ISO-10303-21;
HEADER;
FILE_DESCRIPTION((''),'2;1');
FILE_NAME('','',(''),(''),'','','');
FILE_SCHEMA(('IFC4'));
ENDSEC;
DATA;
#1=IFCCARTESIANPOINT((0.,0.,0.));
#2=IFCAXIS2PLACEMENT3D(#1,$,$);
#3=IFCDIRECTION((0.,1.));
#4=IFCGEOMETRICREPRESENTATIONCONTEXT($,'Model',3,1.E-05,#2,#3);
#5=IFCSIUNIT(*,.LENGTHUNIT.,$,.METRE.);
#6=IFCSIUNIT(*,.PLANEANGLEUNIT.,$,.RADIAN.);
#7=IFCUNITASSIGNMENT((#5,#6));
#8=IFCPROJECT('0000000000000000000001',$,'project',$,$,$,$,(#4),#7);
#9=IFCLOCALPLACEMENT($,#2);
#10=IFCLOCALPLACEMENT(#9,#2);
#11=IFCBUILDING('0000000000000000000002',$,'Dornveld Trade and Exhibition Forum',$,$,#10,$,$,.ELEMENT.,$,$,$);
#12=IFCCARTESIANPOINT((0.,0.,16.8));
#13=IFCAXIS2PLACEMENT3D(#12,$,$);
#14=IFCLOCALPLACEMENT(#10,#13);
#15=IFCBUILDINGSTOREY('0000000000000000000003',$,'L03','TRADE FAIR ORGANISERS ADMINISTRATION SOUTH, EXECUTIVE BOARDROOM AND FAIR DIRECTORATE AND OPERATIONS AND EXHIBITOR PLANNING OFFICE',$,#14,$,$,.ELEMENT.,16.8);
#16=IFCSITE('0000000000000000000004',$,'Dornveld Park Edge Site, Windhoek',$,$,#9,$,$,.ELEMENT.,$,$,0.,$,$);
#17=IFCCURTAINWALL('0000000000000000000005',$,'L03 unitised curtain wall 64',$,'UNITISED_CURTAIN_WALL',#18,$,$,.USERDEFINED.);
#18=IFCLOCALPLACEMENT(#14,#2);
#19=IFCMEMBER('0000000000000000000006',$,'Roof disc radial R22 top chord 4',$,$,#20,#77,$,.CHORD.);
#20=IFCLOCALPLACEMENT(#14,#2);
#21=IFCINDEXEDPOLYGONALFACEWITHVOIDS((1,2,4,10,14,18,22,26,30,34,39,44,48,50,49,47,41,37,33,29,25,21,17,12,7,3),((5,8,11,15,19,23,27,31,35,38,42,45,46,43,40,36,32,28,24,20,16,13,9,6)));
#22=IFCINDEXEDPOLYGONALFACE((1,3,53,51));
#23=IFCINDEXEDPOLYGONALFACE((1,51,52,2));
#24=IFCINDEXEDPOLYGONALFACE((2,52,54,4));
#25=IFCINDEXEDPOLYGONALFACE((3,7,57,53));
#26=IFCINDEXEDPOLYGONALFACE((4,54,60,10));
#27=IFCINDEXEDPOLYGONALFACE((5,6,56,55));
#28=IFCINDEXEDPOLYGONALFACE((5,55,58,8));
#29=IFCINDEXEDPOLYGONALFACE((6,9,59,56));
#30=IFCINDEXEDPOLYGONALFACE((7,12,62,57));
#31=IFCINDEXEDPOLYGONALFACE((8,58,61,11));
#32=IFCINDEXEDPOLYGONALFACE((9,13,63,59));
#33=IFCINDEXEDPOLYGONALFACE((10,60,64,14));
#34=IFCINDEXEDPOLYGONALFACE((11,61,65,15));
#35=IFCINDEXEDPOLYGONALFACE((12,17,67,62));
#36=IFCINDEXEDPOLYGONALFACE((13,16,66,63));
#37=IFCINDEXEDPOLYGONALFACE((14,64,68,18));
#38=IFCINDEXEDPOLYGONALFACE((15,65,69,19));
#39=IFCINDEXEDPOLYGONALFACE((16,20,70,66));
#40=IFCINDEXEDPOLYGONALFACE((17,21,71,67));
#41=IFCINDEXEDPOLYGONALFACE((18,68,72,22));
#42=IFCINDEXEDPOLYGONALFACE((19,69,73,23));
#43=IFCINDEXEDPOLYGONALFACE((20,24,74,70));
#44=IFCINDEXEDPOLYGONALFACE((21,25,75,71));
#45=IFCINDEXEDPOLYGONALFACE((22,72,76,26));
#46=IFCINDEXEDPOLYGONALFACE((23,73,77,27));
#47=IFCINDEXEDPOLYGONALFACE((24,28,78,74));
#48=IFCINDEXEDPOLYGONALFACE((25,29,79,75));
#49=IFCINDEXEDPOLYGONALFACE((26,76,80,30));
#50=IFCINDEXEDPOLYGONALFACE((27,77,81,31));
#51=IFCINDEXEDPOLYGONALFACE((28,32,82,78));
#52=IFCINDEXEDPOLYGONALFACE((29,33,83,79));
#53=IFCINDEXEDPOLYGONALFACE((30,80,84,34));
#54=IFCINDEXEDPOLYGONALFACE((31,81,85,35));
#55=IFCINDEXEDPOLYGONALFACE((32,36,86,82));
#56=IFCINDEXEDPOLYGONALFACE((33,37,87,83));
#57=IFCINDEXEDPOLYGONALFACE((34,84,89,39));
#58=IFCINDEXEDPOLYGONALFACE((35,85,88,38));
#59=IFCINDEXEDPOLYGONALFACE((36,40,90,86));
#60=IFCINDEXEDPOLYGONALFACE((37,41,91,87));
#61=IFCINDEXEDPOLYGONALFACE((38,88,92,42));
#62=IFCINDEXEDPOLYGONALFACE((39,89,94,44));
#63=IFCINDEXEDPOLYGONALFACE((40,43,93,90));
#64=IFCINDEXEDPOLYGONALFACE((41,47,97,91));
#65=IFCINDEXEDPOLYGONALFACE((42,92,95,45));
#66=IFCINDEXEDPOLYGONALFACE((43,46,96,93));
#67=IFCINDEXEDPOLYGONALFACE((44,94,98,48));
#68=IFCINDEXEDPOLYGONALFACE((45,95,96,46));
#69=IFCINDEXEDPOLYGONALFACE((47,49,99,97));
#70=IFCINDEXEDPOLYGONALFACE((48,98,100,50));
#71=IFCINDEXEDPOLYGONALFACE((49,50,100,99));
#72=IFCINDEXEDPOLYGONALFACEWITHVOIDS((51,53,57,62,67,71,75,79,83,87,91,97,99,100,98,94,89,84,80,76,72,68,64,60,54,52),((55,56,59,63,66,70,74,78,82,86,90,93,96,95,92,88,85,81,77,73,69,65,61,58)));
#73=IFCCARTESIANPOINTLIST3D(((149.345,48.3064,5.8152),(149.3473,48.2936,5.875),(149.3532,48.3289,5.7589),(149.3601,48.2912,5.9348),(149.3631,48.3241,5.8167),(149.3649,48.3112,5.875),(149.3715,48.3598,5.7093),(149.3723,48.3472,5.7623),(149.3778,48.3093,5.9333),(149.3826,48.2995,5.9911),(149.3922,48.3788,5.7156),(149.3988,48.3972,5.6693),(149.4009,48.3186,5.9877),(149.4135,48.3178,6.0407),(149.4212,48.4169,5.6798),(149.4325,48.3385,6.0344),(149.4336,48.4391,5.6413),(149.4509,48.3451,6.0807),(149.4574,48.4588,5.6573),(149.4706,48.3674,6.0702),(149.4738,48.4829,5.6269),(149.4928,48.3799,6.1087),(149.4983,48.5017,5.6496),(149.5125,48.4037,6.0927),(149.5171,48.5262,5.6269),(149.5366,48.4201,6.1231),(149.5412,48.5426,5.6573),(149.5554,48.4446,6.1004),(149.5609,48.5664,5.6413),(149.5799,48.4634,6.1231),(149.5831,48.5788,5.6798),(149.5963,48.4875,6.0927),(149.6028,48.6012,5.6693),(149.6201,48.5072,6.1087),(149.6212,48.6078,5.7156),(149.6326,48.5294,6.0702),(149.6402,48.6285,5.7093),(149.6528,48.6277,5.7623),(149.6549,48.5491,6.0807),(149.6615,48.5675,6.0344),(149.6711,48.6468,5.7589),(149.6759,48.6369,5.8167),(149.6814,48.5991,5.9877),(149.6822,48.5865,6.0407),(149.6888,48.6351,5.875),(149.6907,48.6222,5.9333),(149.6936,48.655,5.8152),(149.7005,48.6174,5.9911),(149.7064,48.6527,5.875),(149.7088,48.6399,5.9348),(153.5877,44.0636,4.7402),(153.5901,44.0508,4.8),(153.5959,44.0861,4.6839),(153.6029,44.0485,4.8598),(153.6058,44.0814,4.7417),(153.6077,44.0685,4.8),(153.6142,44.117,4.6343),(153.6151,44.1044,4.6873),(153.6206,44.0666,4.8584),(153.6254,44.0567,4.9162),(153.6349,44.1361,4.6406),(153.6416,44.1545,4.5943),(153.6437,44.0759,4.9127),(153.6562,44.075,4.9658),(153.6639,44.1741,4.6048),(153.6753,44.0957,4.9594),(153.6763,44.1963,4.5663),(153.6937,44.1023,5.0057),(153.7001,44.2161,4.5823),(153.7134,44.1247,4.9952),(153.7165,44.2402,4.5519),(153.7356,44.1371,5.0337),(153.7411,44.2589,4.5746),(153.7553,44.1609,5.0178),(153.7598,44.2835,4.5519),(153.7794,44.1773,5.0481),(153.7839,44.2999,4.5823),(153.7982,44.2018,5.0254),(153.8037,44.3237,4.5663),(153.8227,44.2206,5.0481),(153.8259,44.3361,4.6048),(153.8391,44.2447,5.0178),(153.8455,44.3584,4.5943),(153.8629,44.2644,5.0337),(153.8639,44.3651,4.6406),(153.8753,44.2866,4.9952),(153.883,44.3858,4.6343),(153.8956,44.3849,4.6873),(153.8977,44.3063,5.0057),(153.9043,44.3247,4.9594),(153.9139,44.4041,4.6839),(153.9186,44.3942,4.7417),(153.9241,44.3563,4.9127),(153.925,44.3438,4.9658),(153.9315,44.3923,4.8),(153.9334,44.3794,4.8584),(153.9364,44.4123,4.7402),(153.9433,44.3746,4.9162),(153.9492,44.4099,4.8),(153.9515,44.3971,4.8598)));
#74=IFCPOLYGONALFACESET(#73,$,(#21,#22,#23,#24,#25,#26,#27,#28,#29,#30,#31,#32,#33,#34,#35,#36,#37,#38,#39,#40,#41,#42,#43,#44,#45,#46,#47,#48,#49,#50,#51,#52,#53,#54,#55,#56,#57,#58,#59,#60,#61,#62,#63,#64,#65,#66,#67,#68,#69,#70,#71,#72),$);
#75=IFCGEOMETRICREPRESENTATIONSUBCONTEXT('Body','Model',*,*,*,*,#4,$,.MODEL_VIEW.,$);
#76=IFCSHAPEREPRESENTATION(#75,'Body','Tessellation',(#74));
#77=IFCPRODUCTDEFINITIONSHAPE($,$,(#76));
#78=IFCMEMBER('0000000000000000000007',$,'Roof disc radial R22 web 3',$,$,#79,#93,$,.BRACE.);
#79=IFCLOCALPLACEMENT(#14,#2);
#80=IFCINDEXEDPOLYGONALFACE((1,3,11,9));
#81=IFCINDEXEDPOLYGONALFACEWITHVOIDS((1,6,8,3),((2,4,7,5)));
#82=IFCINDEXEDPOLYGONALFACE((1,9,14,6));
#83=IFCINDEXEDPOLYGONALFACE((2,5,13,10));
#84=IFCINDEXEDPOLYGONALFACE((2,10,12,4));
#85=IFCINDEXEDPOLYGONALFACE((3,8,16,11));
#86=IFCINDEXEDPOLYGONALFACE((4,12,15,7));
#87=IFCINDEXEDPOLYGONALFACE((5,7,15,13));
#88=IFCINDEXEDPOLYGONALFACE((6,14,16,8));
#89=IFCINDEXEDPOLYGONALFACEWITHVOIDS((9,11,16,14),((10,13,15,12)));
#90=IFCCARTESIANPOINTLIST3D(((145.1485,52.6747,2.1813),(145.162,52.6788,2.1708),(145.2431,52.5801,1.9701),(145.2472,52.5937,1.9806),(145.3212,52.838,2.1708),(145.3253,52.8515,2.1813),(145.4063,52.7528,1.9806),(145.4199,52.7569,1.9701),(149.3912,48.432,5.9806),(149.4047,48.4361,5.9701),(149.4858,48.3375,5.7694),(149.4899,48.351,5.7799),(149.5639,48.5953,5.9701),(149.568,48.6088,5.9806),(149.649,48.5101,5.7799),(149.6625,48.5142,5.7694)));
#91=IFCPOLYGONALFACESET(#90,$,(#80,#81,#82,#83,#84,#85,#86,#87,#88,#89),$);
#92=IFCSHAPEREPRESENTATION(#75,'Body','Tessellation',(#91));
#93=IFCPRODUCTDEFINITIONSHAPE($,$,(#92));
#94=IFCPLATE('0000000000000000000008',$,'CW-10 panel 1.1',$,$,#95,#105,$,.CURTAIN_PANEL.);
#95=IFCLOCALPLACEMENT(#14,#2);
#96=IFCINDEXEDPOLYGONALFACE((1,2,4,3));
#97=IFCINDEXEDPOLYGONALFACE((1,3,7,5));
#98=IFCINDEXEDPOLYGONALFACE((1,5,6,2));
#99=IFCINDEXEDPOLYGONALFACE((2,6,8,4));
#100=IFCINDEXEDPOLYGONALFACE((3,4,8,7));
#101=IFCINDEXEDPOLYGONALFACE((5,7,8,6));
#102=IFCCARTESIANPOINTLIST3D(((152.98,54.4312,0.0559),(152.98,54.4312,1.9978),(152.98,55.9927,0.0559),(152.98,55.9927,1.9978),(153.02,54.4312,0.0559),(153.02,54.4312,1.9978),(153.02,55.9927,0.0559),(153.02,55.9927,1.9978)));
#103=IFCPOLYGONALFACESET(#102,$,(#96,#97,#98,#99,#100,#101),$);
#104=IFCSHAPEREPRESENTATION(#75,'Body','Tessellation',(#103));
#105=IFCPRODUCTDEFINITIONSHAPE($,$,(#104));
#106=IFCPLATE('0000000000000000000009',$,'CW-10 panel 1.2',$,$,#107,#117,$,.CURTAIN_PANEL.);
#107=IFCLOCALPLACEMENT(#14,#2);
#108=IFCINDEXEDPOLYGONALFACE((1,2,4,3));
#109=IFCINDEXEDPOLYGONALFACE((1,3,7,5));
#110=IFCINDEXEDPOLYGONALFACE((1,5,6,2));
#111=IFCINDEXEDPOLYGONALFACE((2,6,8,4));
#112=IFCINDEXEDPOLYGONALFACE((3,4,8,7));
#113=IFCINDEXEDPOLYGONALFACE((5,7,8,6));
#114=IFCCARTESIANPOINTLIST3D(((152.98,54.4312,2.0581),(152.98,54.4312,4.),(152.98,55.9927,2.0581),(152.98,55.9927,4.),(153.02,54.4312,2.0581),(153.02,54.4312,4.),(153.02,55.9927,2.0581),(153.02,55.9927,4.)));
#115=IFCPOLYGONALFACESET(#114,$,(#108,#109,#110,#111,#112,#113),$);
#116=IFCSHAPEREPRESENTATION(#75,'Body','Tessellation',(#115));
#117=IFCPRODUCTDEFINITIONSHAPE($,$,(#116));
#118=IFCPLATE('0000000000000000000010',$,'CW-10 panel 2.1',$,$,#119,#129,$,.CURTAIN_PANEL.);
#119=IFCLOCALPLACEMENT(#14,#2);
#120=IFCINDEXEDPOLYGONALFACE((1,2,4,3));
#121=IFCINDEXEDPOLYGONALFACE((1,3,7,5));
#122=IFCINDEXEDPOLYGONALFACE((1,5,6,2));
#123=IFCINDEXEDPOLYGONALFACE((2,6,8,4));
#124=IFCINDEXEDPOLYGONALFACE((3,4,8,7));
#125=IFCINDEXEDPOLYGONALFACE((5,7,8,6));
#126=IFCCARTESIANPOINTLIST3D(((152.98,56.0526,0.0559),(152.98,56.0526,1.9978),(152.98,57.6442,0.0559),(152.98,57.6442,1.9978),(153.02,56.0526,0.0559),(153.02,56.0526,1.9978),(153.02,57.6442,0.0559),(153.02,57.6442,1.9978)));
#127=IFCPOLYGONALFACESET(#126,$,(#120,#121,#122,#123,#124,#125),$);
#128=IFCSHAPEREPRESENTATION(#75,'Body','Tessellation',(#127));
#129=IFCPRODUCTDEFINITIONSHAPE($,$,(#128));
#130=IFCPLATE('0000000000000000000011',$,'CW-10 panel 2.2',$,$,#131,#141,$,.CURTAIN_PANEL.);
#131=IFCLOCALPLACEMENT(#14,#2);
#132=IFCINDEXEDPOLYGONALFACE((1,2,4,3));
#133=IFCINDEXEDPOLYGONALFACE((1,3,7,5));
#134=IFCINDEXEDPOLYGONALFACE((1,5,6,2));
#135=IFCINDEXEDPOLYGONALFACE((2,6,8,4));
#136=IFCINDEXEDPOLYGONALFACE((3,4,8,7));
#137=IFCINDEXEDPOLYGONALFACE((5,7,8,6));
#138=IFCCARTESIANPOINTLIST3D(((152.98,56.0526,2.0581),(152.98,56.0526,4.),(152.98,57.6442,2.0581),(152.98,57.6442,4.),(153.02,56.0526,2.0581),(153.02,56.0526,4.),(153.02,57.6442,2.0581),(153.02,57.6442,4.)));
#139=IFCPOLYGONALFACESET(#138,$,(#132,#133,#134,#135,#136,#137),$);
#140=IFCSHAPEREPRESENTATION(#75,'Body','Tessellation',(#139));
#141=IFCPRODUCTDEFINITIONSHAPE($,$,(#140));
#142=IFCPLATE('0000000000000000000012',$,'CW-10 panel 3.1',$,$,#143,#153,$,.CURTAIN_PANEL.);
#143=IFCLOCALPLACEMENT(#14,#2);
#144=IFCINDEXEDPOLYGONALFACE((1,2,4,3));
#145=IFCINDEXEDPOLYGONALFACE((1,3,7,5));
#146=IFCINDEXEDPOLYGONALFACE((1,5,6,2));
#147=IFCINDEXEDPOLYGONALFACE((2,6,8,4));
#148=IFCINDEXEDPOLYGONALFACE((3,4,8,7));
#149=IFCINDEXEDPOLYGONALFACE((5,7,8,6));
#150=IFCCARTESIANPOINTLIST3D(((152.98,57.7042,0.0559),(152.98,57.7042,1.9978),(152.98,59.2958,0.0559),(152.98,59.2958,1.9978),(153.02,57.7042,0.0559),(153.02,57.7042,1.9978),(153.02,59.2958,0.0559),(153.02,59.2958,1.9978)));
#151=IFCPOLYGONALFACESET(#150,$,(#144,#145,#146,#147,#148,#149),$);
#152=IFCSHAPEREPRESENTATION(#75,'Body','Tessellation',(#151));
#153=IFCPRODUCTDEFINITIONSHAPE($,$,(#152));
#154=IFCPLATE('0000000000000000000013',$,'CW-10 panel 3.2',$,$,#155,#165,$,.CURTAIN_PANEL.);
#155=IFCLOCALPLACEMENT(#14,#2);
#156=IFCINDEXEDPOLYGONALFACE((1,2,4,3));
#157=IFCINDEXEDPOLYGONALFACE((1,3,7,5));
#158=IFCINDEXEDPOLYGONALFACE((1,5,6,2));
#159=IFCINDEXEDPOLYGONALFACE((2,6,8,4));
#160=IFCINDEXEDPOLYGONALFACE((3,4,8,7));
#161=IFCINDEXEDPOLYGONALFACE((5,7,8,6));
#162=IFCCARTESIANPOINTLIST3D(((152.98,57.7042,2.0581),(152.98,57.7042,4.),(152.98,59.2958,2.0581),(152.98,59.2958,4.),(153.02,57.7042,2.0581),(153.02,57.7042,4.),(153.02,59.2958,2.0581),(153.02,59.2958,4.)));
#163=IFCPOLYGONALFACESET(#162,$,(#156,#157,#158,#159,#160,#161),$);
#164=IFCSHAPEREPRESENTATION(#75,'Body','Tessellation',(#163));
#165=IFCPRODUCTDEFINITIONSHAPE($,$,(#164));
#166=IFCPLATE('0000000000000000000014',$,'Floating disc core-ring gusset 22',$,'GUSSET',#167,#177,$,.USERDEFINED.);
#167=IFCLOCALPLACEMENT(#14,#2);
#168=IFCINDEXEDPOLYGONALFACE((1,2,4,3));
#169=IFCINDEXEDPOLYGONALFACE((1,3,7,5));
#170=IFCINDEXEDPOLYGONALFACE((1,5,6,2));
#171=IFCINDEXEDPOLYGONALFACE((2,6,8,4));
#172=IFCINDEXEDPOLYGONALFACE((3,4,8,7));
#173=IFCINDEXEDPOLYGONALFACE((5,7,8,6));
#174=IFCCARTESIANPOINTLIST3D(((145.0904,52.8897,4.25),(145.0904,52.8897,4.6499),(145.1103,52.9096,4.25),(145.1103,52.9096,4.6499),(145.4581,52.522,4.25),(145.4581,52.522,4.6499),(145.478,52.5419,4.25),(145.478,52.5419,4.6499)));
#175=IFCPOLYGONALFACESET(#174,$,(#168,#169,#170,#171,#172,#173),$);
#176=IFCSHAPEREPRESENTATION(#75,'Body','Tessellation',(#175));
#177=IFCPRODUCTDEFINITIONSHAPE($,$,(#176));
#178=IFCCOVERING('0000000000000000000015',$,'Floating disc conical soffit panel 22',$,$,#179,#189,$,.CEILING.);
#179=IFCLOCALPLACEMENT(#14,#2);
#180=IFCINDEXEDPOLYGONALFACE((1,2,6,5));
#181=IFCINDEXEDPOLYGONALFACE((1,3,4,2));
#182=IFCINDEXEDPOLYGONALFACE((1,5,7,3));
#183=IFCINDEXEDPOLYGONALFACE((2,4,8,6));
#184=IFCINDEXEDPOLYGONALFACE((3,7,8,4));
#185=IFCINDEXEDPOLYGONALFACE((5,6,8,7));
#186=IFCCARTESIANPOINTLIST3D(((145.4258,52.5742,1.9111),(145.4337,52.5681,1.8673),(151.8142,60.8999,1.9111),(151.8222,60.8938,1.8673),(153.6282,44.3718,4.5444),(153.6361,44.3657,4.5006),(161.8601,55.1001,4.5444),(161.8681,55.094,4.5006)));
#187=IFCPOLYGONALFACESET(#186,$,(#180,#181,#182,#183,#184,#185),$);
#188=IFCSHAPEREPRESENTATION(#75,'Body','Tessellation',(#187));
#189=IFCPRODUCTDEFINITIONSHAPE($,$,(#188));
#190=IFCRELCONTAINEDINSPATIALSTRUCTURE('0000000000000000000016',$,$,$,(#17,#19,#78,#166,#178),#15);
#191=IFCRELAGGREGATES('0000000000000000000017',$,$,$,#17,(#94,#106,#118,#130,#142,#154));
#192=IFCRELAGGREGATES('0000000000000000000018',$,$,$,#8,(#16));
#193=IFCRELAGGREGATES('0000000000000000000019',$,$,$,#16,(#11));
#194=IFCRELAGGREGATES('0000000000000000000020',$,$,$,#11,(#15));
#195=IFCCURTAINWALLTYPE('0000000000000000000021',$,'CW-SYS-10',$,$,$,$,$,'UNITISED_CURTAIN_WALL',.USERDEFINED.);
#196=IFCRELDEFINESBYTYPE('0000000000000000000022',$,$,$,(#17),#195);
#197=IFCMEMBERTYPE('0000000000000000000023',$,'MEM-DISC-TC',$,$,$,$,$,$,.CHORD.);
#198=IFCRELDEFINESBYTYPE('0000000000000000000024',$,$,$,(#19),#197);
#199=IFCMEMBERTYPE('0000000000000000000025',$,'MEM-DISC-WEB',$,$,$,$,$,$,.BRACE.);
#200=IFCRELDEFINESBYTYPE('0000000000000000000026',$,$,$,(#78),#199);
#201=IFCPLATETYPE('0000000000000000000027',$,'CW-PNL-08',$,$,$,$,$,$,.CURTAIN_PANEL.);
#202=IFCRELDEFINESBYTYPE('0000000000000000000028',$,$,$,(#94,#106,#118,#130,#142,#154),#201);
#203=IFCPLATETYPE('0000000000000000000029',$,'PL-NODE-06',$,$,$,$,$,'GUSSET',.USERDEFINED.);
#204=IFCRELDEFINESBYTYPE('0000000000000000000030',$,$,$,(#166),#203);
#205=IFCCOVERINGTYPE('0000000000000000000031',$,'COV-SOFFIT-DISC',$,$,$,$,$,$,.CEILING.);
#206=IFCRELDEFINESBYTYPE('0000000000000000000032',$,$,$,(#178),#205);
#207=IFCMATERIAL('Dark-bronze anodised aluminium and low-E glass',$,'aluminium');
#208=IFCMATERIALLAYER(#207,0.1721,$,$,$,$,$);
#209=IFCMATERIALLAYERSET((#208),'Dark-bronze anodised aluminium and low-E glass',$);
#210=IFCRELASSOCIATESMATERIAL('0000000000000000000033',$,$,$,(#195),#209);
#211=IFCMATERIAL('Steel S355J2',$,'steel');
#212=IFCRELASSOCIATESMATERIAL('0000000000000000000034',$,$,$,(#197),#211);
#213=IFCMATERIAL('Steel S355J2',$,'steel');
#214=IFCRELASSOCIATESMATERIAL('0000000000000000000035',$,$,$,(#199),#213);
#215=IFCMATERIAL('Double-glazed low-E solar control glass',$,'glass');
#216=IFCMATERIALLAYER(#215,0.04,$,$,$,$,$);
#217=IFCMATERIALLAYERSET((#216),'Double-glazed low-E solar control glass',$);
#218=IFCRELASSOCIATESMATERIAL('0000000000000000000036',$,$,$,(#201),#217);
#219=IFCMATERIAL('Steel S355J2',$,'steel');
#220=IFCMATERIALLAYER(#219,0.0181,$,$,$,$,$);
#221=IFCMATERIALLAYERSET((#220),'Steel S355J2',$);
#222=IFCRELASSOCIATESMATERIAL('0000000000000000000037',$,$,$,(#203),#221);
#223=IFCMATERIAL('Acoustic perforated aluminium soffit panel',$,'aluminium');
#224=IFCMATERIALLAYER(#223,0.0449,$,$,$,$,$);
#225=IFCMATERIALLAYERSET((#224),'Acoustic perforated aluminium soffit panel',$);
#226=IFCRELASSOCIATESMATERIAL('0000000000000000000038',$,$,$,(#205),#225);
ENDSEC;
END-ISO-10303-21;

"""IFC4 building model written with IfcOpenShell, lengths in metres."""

from ifc_helpers import new_model, si_unit, direction, frame, origin, origin_2d, place, context, subcontext, project, spatial, polyline, rectangle, hollow_rectangle, hollow_circle, outline, extrude, material, layer, layer_set, material_profile, profile_set, type_object, element, aggregate, save


model = new_model("IFC4")

# Units and contexts
model_context = context("Model", 3, precision=1e-05, world=origin(), true_north=direction((0.0, 1.0)))
body_context = subcontext(model_context, "Body", "Model", "MODEL_VIEW")
ifc_project = project(units=[si_unit("LENGTHUNIT", "METRE"), si_unit("PLANEANGLEUNIT", "RADIAN")], contexts=[model_context])

# Site, building, storey
site_placement = place(None, origin())
site = spatial("IfcSite", under=ifc_project, at=site_placement, Name="Dornveld Park Edge Site, Windhoek", CompositionType="ELEMENT", RefElevation=0.0)
building_placement = place(site_placement, origin())
building = spatial("IfcBuilding", under=site, at=building_placement, Name="Dornveld Trade and Exhibition Forum", CompositionType="ELEMENT")
storey_placement = place(building_placement, frame((0.0, 0.0, 16.8)))
storey = spatial("IfcBuildingStorey", under=building, at=storey_placement, Name="L03", Description="TRADE FAIR ORGANISERS ADMINISTRATION SOUTH, EXECUTIVE BOARDROOM AND FAIR DIRECTORATE AND OPERATIONS AND EXHIBITOR PLANNING OFFICE", CompositionType="ELEMENT", Elevation=16.8)

# Curtain wall
ifc_material_1 = material(Name="Dark-bronze anodised aluminium and low-E glass", Category="aluminium")
ifc_layer_1 = layer(ifc_material_1, 0.1721)
ifc_layer_set_1 = layer_set([ifc_layer_1], Name="Dark-bronze anodised aluminium and low-E glass")
curtain_wall_type = type_object("IfcCurtainWallType", Name="CW-SYS-10", ElementType="UNITISED_CURTAIN_WALL", PredefinedType="USERDEFINED", material=ifc_layer_set_1)
curtain_wall_placement = place(storey_placement, origin())
curtain_wall = element("IfcCurtainWall", 1, at=curtain_wall_placement, inside=storey, type_object=curtain_wall_type, Name="L03 unitised curtain wall 64", ObjectType="UNITISED_CURTAIN_WALL", PredefinedType="USERDEFINED")

# Members
ifc_material_2 = material(Name="Steel S355J2", Category="steel")
ifc_material_profile_1 = material_profile(ifc_material_2, hollow_circle(Radius=0.2539, WallThickness=0.0249, at=origin_2d()), Name="CHS 508x25")
ifc_profile_set_1 = profile_set([ifc_material_profile_1], Name="Steel S355J2")
member_type_1 = type_object("IfcMemberType", Name="MEM-DISC-TC", PredefinedType="CHORD", material=ifc_profile_set_1)
member_1_placement = place(storey_placement, frame((149.5269, 48.4731, 5.875), z_axis=(0.696025, -0.696025, -0.176349), x_axis=(0.707107, 0.707107, 0.0)))
element("IfcMember", 2, at=member_1_placement, inside=storey, type_object=member_type_1, Name="Roof disc radial R22 top chord 4", PredefinedType="CHORD", context=body_context, shape_type="SweptSolid", body=[
    extrude(hollow_circle(Radius=0.2539, WallThickness=0.0249, at=origin_2d()), origin(), (0.0, 0.0, 1.0), 6.0957),
])
ifc_material_3 = material(Name="Steel S355J2", Category="steel")
ifc_material_profile_2 = material_profile(ifc_material_3, hollow_rectangle(XDim=0.25, YDim=0.25, WallThickness=0.0125, at=origin_2d()), Name="SHS 250x250x12.5")
ifc_profile_set_2 = profile_set([ifc_material_profile_2], Name="Steel S355J2")
member_type_2 = type_object("IfcMemberType", Name="MEM-DISC-WEB", PredefinedType="BRACE", material=ifc_profile_set_2)
member_2_placement = place(storey_placement, frame((145.2842, 52.7158, 2.0757), z_axis=(0.597409, -0.597409, 0.53498), x_axis=(0.707107, 0.707107, 0.0)))
element("IfcMember", 3, at=member_2_placement, inside=storey, type_object=member_type_2, Name="Roof disc radial R22 web 3", PredefinedType="BRACE", context=body_context, shape_type="SweptSolid", body=[
    extrude(hollow_rectangle(XDim=0.25, YDim=0.25, WallThickness=0.0125, at=origin_2d()), origin(), (0.0, 0.0, 1.0), 7.1018),
])

# Plates
ifc_material_4 = material(Name="Double-glazed low-E solar control glass", Category="glass")
ifc_layer_2 = layer(ifc_material_4, 0.04)
ifc_layer_set_2 = layer_set([ifc_layer_2], Name="Double-glazed low-E solar control glass")
plate_type_1 = type_object("IfcPlateType", Name="CW-PNL-08", PredefinedType="CURTAIN_PANEL", material=ifc_layer_set_2)
plate_1_placement = place(storey_placement, frame((153.0, 55.2119, 0.0559), z_axis=(0.0, 0.0, 1.0), x_axis=(0.0, 1.0, 0.0)))
plate_1 = element("IfcPlate", 4, at=plate_1_placement, type_object=plate_type_1, Name="CW-10 panel 1.1", PredefinedType="CURTAIN_PANEL", context=body_context, shape_type="SweptSolid", body=[
    extrude(rectangle(XDim=1.5615, YDim=0.04, at=origin_2d()), origin(), (0.0, 0.0, 1.0), 1.9419),
])
plate_2_placement = place(storey_placement, frame((153.0, 55.2119, 2.0581), z_axis=(0.0, 0.0, 1.0), x_axis=(0.0, 1.0, 0.0)))
plate_2 = element("IfcPlate", 5, at=plate_2_placement, type_object=plate_type_1, Name="CW-10 panel 1.2", PredefinedType="CURTAIN_PANEL", context=body_context, shape_type="SweptSolid", body=[
    extrude(rectangle(XDim=1.5615, YDim=0.04, at=origin_2d()), origin(), (0.0, 0.0, 1.0), 1.9419),
])
plate_3_placement = place(storey_placement, frame((153.0, 56.8484, 0.0559), z_axis=(0.0, 0.0, 1.0), x_axis=(0.0, 1.0, 0.0)))
plate_3 = element("IfcPlate", 6, at=plate_3_placement, type_object=plate_type_1, Name="CW-10 panel 2.1", PredefinedType="CURTAIN_PANEL", context=body_context, shape_type="SweptSolid", body=[
    extrude(rectangle(XDim=1.5916, YDim=0.04, at=origin_2d()), origin(), (0.0, 0.0, 1.0), 1.9419),
])
plate_4_placement = place(storey_placement, frame((153.0, 56.8484, 2.0581), z_axis=(0.0, 0.0, 1.0), x_axis=(0.0, 1.0, 0.0)))
plate_4 = element("IfcPlate", 7, at=plate_4_placement, type_object=plate_type_1, Name="CW-10 panel 2.2", PredefinedType="CURTAIN_PANEL", context=body_context, shape_type="SweptSolid", body=[
    extrude(rectangle(XDim=1.5916, YDim=0.04, at=origin_2d()), origin(), (0.0, 0.0, 1.0), 1.9419),
])
plate_5_placement = place(storey_placement, frame((153.0, 58.5, 0.0559), z_axis=(0.0, 0.0, 1.0), x_axis=(0.0, 1.0, 0.0)))
plate_5 = element("IfcPlate", 8, at=plate_5_placement, type_object=plate_type_1, Name="CW-10 panel 3.1", PredefinedType="CURTAIN_PANEL", context=body_context, shape_type="SweptSolid", body=[
    extrude(rectangle(XDim=1.5916, YDim=0.04, at=origin_2d()), origin(), (0.0, 0.0, 1.0), 1.9419),
])
plate_6_placement = place(storey_placement, frame((153.0, 58.5, 2.0581), z_axis=(0.0, 0.0, 1.0), x_axis=(0.0, 1.0, 0.0)))
plate_6 = element("IfcPlate", 9, at=plate_6_placement, type_object=plate_type_1, Name="CW-10 panel 3.2", PredefinedType="CURTAIN_PANEL", context=body_context, shape_type="SweptSolid", body=[
    extrude(rectangle(XDim=1.5916, YDim=0.04, at=origin_2d()), origin(), (0.0, 0.0, 1.0), 1.9419),
])
aggregate(curtain_wall, [plate_1, plate_2, plate_3, plate_4, plate_5, plate_6])
ifc_material_5 = material(Name="Steel S355J2", Category="steel")
ifc_layer_3 = layer(ifc_material_5, 0.0181)
ifc_layer_set_3 = layer_set([ifc_layer_3], Name="Steel S355J2")
plate_type_2 = type_object("IfcPlateType", Name="PL-NODE-06", ElementType="GUSSET", PredefinedType="USERDEFINED", material=ifc_layer_set_3)
plate_7_placement = place(storey_placement, frame((145.2842, 52.7158, 4.25), z_axis=(0.0, 0.0, 1.0), x_axis=(0.707107, -0.707107, 0.0)))
element("IfcPlate", 10, at=plate_7_placement, inside=storey, type_object=plate_type_2, Name="Floating disc core-ring gusset 22", ObjectType="GUSSET", PredefinedType="USERDEFINED", context=body_context, shape_type="SweptSolid", body=[
    extrude(rectangle(XDim=0.52, YDim=0.0281, at=origin_2d()), origin(), (0.0, 0.0, 1.0), 0.3999),
])

# Covering
ifc_material_6 = material(Name="Acoustic perforated aluminium soffit panel", Category="aluminium")
ifc_layer_4 = layer(ifc_material_6, 0.0449)
ifc_layer_set_4 = layer_set([ifc_layer_4], Name="Acoustic perforated aluminium soffit panel")
covering_type = type_object("IfcCoveringType", Name="COV-SOFFIT-DISC", PredefinedType="CEILING", material=ifc_layer_set_4)
covering_1_placement = place(storey_placement, frame((145.4258, 52.5742, 1.9111), z_axis=(-0.177072, 0.13587, 0.974774), x_axis=(0.689562, -0.689562, 0.221378)))
element("IfcCovering", 11, at=covering_1_placement, inside=storey, type_object=covering_type, Name="Floating disc conical soffit panel 22", PredefinedType="CEILING", context=body_context, shape_type="SweptSolid", body=[
    extrude(outline(polyline([(0.0, 0.0), (11.8951, 0.0), (10.1737, 13.4126), (-1.3359, 10.4089), (0.0, 0.0)])), origin(), (0.0, 0.0, -1.0), 0.0449),
])

save(model, "model.ifc")
